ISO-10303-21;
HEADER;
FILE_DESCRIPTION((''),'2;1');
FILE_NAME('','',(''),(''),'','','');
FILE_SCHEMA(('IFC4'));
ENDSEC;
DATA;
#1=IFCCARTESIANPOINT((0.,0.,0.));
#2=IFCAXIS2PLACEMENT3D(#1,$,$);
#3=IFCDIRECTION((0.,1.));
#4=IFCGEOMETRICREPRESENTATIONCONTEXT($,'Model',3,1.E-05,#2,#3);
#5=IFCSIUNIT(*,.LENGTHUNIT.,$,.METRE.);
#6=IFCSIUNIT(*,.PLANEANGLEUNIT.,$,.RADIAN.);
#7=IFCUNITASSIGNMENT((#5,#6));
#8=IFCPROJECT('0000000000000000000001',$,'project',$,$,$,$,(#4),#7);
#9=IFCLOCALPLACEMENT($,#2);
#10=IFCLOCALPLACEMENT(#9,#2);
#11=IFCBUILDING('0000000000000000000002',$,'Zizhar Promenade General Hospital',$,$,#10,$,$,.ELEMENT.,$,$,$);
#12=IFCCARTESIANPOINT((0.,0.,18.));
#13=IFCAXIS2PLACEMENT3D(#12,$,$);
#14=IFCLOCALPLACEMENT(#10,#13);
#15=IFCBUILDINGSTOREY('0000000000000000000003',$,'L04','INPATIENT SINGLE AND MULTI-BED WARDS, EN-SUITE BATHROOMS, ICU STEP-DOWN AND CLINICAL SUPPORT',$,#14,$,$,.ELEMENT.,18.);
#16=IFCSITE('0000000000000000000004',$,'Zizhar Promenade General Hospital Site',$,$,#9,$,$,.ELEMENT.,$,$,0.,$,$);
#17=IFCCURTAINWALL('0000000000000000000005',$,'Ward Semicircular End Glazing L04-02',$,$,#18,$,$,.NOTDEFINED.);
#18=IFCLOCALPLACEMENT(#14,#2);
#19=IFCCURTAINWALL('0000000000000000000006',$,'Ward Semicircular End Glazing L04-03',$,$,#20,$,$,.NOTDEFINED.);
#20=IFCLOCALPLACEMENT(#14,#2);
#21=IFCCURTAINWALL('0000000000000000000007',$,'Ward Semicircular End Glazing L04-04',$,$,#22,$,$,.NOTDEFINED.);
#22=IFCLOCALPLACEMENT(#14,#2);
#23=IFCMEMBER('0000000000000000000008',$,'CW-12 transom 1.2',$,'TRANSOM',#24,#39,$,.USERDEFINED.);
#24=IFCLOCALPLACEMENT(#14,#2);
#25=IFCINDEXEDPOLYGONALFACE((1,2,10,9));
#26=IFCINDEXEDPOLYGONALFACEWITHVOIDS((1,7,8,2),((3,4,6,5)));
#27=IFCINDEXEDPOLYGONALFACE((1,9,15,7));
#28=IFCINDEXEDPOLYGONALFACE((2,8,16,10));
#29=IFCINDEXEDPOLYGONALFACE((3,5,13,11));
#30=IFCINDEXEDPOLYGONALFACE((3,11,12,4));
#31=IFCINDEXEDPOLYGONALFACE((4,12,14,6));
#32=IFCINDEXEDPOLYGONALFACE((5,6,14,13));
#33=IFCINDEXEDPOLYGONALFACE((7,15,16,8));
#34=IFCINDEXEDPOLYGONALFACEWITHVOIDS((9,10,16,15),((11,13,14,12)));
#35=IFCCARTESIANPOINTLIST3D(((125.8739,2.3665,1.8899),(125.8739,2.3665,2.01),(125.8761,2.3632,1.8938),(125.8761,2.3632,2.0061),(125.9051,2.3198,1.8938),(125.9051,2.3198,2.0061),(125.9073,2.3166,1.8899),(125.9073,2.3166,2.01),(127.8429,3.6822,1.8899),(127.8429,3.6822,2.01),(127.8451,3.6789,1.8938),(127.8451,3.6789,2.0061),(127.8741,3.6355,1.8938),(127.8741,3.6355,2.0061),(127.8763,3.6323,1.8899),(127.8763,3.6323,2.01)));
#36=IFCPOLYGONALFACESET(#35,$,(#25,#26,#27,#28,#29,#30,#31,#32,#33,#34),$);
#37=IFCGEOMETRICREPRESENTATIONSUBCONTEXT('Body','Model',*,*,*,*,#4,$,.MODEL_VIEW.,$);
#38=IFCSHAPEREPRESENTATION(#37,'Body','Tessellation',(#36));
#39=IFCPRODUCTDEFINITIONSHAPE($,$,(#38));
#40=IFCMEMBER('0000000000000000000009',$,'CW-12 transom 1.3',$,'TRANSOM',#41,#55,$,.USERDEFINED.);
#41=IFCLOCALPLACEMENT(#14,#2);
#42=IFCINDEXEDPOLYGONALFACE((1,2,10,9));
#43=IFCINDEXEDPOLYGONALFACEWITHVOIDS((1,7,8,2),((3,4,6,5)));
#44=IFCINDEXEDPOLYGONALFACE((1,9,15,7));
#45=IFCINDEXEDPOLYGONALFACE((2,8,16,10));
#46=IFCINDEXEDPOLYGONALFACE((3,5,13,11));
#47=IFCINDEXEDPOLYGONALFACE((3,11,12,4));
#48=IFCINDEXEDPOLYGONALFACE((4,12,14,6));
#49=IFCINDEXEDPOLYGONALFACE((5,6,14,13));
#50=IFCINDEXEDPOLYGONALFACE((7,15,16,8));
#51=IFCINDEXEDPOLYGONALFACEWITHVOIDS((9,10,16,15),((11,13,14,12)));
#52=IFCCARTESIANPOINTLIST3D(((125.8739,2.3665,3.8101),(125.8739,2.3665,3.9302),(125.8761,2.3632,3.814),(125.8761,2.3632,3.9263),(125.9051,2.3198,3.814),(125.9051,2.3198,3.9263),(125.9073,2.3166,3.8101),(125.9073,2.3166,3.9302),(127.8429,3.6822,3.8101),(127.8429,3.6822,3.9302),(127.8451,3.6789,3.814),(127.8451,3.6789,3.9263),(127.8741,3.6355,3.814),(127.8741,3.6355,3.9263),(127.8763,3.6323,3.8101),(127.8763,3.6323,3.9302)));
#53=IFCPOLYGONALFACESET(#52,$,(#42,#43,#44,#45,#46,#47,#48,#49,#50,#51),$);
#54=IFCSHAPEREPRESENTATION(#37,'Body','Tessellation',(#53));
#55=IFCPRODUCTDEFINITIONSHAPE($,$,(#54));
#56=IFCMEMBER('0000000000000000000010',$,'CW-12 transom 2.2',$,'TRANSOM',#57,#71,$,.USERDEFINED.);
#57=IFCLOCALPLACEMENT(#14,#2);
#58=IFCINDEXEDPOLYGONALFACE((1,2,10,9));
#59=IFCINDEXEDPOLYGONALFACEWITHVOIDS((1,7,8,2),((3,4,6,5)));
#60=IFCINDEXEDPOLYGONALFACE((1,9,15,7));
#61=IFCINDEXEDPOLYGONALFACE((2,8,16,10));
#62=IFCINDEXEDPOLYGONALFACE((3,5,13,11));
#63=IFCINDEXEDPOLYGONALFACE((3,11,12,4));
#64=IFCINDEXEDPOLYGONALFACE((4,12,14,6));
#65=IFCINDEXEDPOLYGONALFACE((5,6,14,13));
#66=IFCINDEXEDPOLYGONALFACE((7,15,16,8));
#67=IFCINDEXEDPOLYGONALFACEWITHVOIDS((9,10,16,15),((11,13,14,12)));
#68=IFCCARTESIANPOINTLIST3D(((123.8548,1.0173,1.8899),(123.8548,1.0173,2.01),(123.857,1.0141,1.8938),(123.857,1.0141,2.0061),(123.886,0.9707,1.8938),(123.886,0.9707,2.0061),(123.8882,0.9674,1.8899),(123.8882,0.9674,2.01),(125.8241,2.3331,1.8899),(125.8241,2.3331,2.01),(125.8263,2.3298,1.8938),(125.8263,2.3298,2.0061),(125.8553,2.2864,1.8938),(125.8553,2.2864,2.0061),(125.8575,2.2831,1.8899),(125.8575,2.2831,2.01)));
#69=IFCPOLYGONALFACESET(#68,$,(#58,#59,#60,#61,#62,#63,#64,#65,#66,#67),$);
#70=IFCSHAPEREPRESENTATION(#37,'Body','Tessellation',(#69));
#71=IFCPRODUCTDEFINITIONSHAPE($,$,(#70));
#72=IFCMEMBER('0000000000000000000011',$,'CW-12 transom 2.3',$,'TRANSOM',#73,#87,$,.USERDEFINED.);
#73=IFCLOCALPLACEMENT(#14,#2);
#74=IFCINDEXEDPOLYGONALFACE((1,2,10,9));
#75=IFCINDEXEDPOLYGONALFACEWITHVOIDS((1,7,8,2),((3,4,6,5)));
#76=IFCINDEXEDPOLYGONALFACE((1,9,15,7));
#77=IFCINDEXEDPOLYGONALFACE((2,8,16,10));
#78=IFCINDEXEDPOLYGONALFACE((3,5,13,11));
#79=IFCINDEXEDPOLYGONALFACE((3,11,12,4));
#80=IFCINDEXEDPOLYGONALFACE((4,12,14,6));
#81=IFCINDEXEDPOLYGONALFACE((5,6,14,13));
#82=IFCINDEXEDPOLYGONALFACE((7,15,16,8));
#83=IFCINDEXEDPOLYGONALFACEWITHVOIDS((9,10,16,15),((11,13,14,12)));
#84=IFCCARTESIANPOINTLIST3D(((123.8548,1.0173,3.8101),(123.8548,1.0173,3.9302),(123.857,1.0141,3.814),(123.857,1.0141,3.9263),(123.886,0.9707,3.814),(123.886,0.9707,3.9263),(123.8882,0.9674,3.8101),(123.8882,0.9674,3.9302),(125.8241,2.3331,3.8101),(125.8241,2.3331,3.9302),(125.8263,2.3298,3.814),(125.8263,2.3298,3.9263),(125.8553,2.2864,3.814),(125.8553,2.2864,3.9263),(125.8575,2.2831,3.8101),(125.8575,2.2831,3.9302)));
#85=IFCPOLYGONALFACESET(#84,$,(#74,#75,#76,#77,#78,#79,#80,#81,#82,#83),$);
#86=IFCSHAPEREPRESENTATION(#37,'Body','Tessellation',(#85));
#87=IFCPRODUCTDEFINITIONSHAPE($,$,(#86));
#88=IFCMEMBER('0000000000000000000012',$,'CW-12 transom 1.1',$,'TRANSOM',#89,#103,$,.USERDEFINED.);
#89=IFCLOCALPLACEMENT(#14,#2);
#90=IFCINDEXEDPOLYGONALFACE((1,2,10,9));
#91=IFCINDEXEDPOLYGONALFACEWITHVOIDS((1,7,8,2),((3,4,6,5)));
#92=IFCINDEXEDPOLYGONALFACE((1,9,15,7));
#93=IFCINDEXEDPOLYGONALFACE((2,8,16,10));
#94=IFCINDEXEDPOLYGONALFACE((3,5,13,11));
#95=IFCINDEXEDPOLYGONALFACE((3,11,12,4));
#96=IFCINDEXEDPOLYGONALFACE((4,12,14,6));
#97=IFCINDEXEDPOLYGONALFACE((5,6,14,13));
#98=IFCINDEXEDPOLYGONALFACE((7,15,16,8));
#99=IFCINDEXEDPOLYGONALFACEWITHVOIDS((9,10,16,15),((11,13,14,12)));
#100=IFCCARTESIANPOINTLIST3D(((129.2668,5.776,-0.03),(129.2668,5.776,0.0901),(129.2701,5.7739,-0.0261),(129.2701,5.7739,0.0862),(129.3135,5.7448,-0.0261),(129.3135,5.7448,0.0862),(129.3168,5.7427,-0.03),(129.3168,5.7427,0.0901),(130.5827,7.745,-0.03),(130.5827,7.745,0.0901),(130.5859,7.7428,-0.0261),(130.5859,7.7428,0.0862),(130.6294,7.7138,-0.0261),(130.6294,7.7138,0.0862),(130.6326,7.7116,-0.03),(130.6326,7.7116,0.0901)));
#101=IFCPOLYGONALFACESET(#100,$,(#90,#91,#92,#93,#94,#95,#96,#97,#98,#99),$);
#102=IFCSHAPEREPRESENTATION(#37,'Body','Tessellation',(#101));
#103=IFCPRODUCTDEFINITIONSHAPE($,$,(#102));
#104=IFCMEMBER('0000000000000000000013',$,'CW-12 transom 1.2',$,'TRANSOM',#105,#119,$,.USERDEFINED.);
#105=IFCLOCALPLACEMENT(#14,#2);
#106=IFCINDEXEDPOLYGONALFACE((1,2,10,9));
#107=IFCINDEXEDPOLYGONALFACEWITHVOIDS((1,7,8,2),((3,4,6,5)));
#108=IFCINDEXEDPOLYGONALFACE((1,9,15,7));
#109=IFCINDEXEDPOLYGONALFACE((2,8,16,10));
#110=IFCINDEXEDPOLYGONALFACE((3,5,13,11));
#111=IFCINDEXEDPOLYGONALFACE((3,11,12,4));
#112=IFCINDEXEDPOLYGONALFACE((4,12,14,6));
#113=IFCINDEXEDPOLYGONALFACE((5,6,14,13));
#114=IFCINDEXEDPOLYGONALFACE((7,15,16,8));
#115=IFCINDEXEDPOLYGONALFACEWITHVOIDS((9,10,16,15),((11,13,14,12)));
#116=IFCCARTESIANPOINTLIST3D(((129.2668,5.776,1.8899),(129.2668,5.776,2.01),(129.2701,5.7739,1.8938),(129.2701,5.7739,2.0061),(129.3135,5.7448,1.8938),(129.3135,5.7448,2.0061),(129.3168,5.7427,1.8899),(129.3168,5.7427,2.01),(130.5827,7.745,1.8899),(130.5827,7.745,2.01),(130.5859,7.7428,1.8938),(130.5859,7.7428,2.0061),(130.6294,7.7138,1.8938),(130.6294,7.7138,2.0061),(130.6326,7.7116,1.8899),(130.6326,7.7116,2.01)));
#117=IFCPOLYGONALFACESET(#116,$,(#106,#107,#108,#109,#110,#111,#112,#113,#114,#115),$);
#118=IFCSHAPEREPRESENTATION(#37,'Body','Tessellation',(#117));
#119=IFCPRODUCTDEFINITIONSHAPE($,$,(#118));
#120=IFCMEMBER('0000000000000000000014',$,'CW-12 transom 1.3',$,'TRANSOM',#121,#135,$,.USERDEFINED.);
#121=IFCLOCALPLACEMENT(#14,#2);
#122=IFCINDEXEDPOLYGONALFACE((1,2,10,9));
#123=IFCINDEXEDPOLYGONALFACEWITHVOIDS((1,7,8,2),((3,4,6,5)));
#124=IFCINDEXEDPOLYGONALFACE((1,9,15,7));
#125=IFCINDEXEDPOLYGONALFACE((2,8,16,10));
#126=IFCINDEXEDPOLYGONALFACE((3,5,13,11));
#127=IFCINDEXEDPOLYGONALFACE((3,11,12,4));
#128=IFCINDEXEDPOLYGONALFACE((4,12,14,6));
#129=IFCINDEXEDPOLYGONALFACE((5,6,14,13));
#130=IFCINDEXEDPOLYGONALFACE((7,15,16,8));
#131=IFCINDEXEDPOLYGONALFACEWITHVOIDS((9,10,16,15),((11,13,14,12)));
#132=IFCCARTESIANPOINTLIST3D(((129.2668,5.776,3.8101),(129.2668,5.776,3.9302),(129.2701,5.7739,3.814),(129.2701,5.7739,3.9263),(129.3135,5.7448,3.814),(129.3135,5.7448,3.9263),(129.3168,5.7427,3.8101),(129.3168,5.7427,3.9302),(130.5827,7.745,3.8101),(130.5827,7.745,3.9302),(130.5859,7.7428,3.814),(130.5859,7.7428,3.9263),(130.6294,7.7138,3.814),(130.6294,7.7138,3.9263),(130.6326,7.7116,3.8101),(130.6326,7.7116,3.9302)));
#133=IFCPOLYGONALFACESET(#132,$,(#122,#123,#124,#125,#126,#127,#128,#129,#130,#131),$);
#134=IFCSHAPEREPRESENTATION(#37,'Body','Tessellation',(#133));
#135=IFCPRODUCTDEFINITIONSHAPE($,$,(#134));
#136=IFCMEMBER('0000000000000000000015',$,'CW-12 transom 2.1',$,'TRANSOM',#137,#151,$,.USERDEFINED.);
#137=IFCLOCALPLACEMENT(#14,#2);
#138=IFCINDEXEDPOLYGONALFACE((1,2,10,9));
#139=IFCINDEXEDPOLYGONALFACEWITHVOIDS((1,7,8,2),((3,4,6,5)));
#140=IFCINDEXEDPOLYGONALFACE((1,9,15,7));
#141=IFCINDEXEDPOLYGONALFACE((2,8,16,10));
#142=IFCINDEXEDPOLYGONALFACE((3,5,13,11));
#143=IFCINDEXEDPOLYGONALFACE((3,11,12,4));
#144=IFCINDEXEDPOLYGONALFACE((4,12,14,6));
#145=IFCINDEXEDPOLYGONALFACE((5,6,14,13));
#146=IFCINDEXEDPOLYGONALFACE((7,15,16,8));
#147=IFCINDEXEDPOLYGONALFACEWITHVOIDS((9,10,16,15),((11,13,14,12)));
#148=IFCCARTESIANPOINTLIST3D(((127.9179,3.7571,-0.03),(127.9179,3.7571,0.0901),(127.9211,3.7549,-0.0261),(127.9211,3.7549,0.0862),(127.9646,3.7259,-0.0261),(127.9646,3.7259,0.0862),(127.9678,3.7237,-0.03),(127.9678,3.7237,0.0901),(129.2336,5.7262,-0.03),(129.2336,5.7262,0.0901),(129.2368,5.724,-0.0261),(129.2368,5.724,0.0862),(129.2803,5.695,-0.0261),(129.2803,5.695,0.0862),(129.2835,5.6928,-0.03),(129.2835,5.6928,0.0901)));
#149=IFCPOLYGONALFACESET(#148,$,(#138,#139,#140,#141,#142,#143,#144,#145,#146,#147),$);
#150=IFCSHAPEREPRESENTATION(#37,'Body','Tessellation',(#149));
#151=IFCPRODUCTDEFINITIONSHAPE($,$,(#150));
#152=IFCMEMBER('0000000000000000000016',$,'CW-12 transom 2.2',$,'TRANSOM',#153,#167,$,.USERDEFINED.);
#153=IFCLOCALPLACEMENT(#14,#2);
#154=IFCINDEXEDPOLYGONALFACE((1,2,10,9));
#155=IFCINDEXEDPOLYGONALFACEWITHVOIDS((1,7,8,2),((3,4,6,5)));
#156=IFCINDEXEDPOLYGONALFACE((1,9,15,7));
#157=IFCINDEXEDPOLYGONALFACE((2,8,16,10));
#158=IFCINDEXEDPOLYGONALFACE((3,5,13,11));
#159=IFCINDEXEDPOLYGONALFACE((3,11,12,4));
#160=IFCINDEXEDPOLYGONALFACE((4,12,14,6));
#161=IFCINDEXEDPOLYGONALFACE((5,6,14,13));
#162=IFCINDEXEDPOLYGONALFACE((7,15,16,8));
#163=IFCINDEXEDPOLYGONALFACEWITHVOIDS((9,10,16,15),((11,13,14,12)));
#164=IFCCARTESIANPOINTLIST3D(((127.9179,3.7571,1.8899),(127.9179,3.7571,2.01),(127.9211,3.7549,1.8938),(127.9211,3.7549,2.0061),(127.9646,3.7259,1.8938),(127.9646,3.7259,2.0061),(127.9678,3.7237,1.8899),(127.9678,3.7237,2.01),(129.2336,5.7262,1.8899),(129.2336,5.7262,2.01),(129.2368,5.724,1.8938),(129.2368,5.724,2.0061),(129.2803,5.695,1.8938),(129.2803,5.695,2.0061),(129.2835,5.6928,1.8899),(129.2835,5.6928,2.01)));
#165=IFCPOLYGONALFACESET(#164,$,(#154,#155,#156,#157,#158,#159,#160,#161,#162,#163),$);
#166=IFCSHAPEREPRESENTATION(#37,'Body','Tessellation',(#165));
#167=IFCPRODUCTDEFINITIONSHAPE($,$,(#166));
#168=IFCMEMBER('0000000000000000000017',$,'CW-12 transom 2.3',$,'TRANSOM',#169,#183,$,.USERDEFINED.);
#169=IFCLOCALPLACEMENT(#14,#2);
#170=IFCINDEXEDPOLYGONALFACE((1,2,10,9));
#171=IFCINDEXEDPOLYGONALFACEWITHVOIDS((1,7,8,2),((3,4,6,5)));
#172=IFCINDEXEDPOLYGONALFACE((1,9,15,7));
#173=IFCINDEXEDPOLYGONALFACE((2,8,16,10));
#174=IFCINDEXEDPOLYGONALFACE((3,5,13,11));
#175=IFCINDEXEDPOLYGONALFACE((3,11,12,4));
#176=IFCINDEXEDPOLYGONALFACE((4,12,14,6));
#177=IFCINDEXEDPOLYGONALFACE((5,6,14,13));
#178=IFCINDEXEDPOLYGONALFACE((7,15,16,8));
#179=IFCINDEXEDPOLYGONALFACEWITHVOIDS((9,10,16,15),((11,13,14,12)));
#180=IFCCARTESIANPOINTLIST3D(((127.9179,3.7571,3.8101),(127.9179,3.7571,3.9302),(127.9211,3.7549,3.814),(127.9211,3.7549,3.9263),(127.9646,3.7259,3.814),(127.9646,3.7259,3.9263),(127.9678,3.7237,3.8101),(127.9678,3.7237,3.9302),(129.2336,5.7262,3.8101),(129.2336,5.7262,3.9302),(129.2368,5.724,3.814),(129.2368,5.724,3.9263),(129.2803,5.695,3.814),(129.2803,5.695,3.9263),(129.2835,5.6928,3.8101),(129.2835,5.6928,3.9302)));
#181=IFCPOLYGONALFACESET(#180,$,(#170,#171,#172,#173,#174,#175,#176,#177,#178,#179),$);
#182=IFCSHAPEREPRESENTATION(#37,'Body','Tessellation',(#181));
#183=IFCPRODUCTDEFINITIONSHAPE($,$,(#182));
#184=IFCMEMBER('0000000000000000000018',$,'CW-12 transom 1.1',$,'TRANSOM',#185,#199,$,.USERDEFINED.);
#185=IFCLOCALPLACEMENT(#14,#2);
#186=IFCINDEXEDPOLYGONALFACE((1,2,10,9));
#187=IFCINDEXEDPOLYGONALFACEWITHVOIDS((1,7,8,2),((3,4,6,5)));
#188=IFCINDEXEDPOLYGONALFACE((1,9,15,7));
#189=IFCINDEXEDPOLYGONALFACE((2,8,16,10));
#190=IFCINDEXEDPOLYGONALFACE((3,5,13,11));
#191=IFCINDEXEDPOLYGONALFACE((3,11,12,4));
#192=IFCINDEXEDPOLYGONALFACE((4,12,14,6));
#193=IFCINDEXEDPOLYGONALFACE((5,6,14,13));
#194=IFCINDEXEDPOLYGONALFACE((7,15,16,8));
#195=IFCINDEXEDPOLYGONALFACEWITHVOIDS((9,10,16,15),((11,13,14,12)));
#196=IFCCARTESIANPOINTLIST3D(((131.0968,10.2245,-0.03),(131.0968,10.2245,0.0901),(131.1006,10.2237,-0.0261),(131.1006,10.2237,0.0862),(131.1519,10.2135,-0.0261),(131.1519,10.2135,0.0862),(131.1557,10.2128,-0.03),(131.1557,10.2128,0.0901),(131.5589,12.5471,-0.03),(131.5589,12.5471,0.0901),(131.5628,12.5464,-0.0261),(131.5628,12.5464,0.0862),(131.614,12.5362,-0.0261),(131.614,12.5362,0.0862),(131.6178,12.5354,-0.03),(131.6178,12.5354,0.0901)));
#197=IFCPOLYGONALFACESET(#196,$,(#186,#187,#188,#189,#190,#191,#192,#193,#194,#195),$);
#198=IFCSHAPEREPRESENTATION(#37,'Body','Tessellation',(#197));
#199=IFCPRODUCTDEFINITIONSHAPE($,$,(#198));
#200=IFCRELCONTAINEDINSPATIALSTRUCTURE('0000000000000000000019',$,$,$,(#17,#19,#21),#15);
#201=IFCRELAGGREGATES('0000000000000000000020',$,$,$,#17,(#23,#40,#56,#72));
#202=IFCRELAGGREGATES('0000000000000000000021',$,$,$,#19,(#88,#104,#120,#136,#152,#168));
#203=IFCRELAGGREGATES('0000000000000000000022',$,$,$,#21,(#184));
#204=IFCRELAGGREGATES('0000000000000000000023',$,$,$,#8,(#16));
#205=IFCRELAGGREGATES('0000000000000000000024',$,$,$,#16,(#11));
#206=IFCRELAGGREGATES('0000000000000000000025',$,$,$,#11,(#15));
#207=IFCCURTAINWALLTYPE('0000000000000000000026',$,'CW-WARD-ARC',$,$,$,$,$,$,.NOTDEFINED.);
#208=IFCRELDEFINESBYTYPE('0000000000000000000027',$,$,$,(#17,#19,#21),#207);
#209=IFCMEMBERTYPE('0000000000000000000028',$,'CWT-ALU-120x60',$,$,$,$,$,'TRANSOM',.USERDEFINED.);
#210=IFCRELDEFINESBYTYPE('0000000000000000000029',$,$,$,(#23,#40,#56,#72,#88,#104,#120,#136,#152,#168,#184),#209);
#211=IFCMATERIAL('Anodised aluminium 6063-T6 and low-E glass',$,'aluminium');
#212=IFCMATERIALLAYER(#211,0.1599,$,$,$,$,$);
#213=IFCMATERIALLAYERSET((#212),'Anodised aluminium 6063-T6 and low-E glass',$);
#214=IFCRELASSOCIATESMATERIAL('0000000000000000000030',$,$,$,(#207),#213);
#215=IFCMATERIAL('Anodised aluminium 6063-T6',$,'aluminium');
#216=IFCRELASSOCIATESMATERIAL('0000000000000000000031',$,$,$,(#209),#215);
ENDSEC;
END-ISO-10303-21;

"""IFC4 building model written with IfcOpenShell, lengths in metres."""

from ifc_helpers import new_model, si_unit, direction, frame, origin, origin_2d, place, context, subcontext, project, spatial, hollow_rectangle, extrude, material, layer, layer_set, material_profile, profile_set, type_object, element, aggregate, save


model = new_model("IFC4")

# Units and contexts
model_context = context("Model", 3, precision=1e-05, world=origin(), true_north=direction((0.0, 1.0)))
body_context = subcontext(model_context, "Body", "Model", "MODEL_VIEW")
ifc_project = project(units=[si_unit("LENGTHUNIT", "METRE"), si_unit("PLANEANGLEUNIT", "RADIAN")], contexts=[model_context])

# Site, building, storey
site_placement = place(None, origin())
site = spatial("IfcSite", under=ifc_project, at=site_placement, Name="Zizhar Promenade General Hospital Site", CompositionType="ELEMENT", RefElevation=0.0)
building_placement = place(site_placement, origin())
building = spatial("IfcBuilding", under=site, at=building_placement, Name="Zizhar Promenade General Hospital", CompositionType="ELEMENT")
storey_placement = place(building_placement, frame((0.0, 0.0, 18.0)))
storey = spatial("IfcBuildingStorey", under=building, at=storey_placement, Name="L04", Description="INPATIENT SINGLE AND MULTI-BED WARDS, EN-SUITE BATHROOMS, ICU STEP-DOWN AND CLINICAL SUPPORT", CompositionType="ELEMENT", Elevation=18.0)

# Curtain walls
ifc_material_1 = material(Name="Anodised aluminium 6063-T6 and low-E glass", Category="aluminium")
ifc_layer_1 = layer(ifc_material_1, 0.1599)
ifc_layer_set_1 = layer_set([ifc_layer_1], Name="Anodised aluminium 6063-T6 and low-E glass")
curtain_wall_type = type_object("IfcCurtainWallType", Name="CW-WARD-ARC", PredefinedType="NOTDEFINED", material=ifc_layer_set_1)
curtain_wall_1_placement = place(storey_placement, origin())
curtain_wall_1 = element("IfcCurtainWall", 1, at=curtain_wall_1_placement, inside=storey, type_object=curtain_wall_type, Name="Ward Semicircular End Glazing L04-02", PredefinedType="NOTDEFINED")
curtain_wall_2_placement = place(storey_placement, origin())
curtain_wall_2 = element("IfcCurtainWall", 2, at=curtain_wall_2_placement, inside=storey, type_object=curtain_wall_type, Name="Ward Semicircular End Glazing L04-03", PredefinedType="NOTDEFINED")
curtain_wall_3_placement = place(storey_placement, origin())
curtain_wall_3 = element("IfcCurtainWall", 3, at=curtain_wall_3_placement, inside=storey, type_object=curtain_wall_type, Name="Ward Semicircular End Glazing L04-04", PredefinedType="NOTDEFINED")

# Members
ifc_material_2 = material(Name="Anodised aluminium 6063-T6", Category="aluminium")
ifc_material_profile_1 = material_profile(ifc_material_2, hollow_rectangle(XDim=0.0601, YDim=0.1201, WallThickness=0.0039, at=origin_2d()))
ifc_profile_set_1 = profile_set([ifc_material_profile_1], Name="Anodised aluminium 6063-T6")
member_type_1 = type_object("IfcMemberType", Name="CWT-ALU-120x60", ElementType="TRANSOM", PredefinedType="USERDEFINED", material=ifc_profile_set_1)
member_1_placement = place(storey_placement, frame((127.8596, 3.6572, 1.95), z_axis=(-0.831463, -0.55558, 0.0), x_axis=(0.55558, -0.831463, 0.0)))
member_1 = element("IfcMember", 4, at=member_1_placement, type_object=member_type_1, Name="CW-12 transom 1.2", ObjectType="TRANSOM", PredefinedType="USERDEFINED", context=body_context, shape_type="SweptSolid", body=[
    extrude(hollow_rectangle(XDim=0.0601, YDim=0.1201, WallThickness=0.0039, at=origin_2d()), origin(), (0.0, 0.0, 1.0), 2.3682),
])
member_2_placement = place(storey_placement, frame((127.8596, 3.6572, 3.8701), z_axis=(-0.831463, -0.55558, 0.0), x_axis=(0.55558, -0.831463, 0.0)))
member_2 = element("IfcMember", 5, at=member_2_placement, type_object=member_type_1, Name="CW-12 transom 1.3", ObjectType="TRANSOM", PredefinedType="USERDEFINED", context=body_context, shape_type="SweptSolid", body=[
    extrude(hollow_rectangle(XDim=0.0601, YDim=0.1201, WallThickness=0.0039, at=origin_2d()), origin(), (0.0, 0.0, 1.0), 2.3682),
])
member_3_placement = place(storey_placement, frame((125.8408, 2.3081, 1.95), z_axis=(-0.831495, -0.555533, 0.0), x_axis=(0.555533, -0.831495, 0.0)))
member_3 = element("IfcMember", 6, at=member_3_placement, type_object=member_type_1, Name="CW-12 transom 2.2", ObjectType="TRANSOM", PredefinedType="USERDEFINED", context=body_context, shape_type="SweptSolid", body=[
    extrude(hollow_rectangle(XDim=0.0601, YDim=0.1201, WallThickness=0.0039, at=origin_2d()), origin(), (0.0, 0.0, 1.0), 2.3684),
])
member_4_placement = place(storey_placement, frame((125.8408, 2.3081, 3.8701), z_axis=(-0.831495, -0.555533, 0.0), x_axis=(0.555533, -0.831495, 0.0)))
member_4 = element("IfcMember", 7, at=member_4_placement, type_object=member_type_1, Name="CW-12 transom 2.3", ObjectType="TRANSOM", PredefinedType="USERDEFINED", context=body_context, shape_type="SweptSolid", body=[
    extrude(hollow_rectangle(XDim=0.0601, YDim=0.1201, WallThickness=0.0039, at=origin_2d()), origin(), (0.0, 0.0, 1.0), 2.3684),
])
member_5_placement = place(storey_placement, frame((130.6077, 7.7283, 0.03), z_axis=(-0.555651, -0.831415, 0.0), x_axis=(0.831415, -0.555651, 0.0)))
member_5 = element("IfcMember", 8, at=member_5_placement, type_object=member_type_1, Name="CW-12 transom 1.1", ObjectType="TRANSOM", PredefinedType="USERDEFINED", context=body_context, shape_type="SweptSolid", body=[
    extrude(hollow_rectangle(XDim=0.0601, YDim=0.1201, WallThickness=0.0039, at=origin_2d()), origin(), (0.0, 0.0, 1.0), 2.3682),
])
member_6_placement = place(storey_placement, frame((130.6077, 7.7283, 1.95), z_axis=(-0.555651, -0.831415, 0.0), x_axis=(0.831415, -0.555651, 0.0)))
member_6 = element("IfcMember", 9, at=member_6_placement, type_object=member_type_1, Name="CW-12 transom 1.2", ObjectType="TRANSOM", PredefinedType="USERDEFINED", context=body_context, shape_type="SweptSolid", body=[
    extrude(hollow_rectangle(XDim=0.0601, YDim=0.1201, WallThickness=0.0039, at=origin_2d()), origin(), (0.0, 0.0, 1.0), 2.3682),
])
member_7_placement = place(storey_placement, frame((130.6077, 7.7283, 3.8701), z_axis=(-0.555651, -0.831415, 0.0), x_axis=(0.831415, -0.555651, 0.0)))
member_7 = element("IfcMember", 10, at=member_7_placement, type_object=member_type_1, Name="CW-12 transom 1.3", ObjectType="TRANSOM", PredefinedType="USERDEFINED", context=body_context, shape_type="SweptSolid", body=[
    extrude(hollow_rectangle(XDim=0.0601, YDim=0.1201, WallThickness=0.0039, at=origin_2d()), origin(), (0.0, 0.0, 1.0), 2.3682),
])
member_8_placement = place(storey_placement, frame((129.2585, 5.7095, 0.03), z_axis=(-0.55558, -0.831463, 0.0), x_axis=(0.831463, -0.55558, 0.0)))
member_8 = element("IfcMember", 11, at=member_8_placement, type_object=member_type_1, Name="CW-12 transom 2.1", ObjectType="TRANSOM", PredefinedType="USERDEFINED", context=body_context, shape_type="SweptSolid", body=[
    extrude(hollow_rectangle(XDim=0.0601, YDim=0.1201, WallThickness=0.0039, at=origin_2d()), origin(), (0.0, 0.0, 1.0), 2.3682),
])
member_9_placement = place(storey_placement, frame((129.2585, 5.7095, 1.95), z_axis=(-0.55558, -0.831463, 0.0), x_axis=(0.831463, -0.55558, 0.0)))
member_9 = element("IfcMember", 12, at=member_9_placement, type_object=member_type_1, Name="CW-12 transom 2.2", ObjectType="TRANSOM", PredefinedType="USERDEFINED", context=body_context, shape_type="SweptSolid", body=[
    extrude(hollow_rectangle(XDim=0.0601, YDim=0.1201, WallThickness=0.0039, at=origin_2d()), origin(), (0.0, 0.0, 1.0), 2.3682),
])
member_10_placement = place(storey_placement, frame((129.2585, 5.7095, 3.8701), z_axis=(-0.55558, -0.831463, 0.0), x_axis=(0.831463, -0.55558, 0.0)))
member_10 = element("IfcMember", 13, at=member_10_placement, type_object=member_type_1, Name="CW-12 transom 2.3", ObjectType="TRANSOM", PredefinedType="USERDEFINED", context=body_context, shape_type="SweptSolid", body=[
    extrude(hollow_rectangle(XDim=0.0601, YDim=0.1201, WallThickness=0.0039, at=origin_2d()), origin(), (0.0, 0.0, 1.0), 2.3682),
])
member_11_placement = place(storey_placement, frame((131.5884, 12.5413, 0.03), z_axis=(-0.195145, -0.980774, 0.0), x_axis=(0.980774, -0.195145, 0.0)))
member_11 = element("IfcMember", 14, at=member_11_placement, type_object=member_type_1, Name="CW-12 transom 1.1", ObjectType="TRANSOM", PredefinedType="USERDEFINED", context=body_context, shape_type="SweptSolid", body=[
    extrude(hollow_rectangle(XDim=0.0601, YDim=0.1201, WallThickness=0.0039, at=origin_2d()), origin(), (0.0, 0.0, 1.0), 2.3682),
])

aggregate(curtain_wall_1, [member_1, member_2, member_3, member_4])
aggregate(curtain_wall_2, [member_5, member_6, member_7, member_8, member_9, member_10])
aggregate(curtain_wall_3, [member_11])

save(model, "model.ifc")
